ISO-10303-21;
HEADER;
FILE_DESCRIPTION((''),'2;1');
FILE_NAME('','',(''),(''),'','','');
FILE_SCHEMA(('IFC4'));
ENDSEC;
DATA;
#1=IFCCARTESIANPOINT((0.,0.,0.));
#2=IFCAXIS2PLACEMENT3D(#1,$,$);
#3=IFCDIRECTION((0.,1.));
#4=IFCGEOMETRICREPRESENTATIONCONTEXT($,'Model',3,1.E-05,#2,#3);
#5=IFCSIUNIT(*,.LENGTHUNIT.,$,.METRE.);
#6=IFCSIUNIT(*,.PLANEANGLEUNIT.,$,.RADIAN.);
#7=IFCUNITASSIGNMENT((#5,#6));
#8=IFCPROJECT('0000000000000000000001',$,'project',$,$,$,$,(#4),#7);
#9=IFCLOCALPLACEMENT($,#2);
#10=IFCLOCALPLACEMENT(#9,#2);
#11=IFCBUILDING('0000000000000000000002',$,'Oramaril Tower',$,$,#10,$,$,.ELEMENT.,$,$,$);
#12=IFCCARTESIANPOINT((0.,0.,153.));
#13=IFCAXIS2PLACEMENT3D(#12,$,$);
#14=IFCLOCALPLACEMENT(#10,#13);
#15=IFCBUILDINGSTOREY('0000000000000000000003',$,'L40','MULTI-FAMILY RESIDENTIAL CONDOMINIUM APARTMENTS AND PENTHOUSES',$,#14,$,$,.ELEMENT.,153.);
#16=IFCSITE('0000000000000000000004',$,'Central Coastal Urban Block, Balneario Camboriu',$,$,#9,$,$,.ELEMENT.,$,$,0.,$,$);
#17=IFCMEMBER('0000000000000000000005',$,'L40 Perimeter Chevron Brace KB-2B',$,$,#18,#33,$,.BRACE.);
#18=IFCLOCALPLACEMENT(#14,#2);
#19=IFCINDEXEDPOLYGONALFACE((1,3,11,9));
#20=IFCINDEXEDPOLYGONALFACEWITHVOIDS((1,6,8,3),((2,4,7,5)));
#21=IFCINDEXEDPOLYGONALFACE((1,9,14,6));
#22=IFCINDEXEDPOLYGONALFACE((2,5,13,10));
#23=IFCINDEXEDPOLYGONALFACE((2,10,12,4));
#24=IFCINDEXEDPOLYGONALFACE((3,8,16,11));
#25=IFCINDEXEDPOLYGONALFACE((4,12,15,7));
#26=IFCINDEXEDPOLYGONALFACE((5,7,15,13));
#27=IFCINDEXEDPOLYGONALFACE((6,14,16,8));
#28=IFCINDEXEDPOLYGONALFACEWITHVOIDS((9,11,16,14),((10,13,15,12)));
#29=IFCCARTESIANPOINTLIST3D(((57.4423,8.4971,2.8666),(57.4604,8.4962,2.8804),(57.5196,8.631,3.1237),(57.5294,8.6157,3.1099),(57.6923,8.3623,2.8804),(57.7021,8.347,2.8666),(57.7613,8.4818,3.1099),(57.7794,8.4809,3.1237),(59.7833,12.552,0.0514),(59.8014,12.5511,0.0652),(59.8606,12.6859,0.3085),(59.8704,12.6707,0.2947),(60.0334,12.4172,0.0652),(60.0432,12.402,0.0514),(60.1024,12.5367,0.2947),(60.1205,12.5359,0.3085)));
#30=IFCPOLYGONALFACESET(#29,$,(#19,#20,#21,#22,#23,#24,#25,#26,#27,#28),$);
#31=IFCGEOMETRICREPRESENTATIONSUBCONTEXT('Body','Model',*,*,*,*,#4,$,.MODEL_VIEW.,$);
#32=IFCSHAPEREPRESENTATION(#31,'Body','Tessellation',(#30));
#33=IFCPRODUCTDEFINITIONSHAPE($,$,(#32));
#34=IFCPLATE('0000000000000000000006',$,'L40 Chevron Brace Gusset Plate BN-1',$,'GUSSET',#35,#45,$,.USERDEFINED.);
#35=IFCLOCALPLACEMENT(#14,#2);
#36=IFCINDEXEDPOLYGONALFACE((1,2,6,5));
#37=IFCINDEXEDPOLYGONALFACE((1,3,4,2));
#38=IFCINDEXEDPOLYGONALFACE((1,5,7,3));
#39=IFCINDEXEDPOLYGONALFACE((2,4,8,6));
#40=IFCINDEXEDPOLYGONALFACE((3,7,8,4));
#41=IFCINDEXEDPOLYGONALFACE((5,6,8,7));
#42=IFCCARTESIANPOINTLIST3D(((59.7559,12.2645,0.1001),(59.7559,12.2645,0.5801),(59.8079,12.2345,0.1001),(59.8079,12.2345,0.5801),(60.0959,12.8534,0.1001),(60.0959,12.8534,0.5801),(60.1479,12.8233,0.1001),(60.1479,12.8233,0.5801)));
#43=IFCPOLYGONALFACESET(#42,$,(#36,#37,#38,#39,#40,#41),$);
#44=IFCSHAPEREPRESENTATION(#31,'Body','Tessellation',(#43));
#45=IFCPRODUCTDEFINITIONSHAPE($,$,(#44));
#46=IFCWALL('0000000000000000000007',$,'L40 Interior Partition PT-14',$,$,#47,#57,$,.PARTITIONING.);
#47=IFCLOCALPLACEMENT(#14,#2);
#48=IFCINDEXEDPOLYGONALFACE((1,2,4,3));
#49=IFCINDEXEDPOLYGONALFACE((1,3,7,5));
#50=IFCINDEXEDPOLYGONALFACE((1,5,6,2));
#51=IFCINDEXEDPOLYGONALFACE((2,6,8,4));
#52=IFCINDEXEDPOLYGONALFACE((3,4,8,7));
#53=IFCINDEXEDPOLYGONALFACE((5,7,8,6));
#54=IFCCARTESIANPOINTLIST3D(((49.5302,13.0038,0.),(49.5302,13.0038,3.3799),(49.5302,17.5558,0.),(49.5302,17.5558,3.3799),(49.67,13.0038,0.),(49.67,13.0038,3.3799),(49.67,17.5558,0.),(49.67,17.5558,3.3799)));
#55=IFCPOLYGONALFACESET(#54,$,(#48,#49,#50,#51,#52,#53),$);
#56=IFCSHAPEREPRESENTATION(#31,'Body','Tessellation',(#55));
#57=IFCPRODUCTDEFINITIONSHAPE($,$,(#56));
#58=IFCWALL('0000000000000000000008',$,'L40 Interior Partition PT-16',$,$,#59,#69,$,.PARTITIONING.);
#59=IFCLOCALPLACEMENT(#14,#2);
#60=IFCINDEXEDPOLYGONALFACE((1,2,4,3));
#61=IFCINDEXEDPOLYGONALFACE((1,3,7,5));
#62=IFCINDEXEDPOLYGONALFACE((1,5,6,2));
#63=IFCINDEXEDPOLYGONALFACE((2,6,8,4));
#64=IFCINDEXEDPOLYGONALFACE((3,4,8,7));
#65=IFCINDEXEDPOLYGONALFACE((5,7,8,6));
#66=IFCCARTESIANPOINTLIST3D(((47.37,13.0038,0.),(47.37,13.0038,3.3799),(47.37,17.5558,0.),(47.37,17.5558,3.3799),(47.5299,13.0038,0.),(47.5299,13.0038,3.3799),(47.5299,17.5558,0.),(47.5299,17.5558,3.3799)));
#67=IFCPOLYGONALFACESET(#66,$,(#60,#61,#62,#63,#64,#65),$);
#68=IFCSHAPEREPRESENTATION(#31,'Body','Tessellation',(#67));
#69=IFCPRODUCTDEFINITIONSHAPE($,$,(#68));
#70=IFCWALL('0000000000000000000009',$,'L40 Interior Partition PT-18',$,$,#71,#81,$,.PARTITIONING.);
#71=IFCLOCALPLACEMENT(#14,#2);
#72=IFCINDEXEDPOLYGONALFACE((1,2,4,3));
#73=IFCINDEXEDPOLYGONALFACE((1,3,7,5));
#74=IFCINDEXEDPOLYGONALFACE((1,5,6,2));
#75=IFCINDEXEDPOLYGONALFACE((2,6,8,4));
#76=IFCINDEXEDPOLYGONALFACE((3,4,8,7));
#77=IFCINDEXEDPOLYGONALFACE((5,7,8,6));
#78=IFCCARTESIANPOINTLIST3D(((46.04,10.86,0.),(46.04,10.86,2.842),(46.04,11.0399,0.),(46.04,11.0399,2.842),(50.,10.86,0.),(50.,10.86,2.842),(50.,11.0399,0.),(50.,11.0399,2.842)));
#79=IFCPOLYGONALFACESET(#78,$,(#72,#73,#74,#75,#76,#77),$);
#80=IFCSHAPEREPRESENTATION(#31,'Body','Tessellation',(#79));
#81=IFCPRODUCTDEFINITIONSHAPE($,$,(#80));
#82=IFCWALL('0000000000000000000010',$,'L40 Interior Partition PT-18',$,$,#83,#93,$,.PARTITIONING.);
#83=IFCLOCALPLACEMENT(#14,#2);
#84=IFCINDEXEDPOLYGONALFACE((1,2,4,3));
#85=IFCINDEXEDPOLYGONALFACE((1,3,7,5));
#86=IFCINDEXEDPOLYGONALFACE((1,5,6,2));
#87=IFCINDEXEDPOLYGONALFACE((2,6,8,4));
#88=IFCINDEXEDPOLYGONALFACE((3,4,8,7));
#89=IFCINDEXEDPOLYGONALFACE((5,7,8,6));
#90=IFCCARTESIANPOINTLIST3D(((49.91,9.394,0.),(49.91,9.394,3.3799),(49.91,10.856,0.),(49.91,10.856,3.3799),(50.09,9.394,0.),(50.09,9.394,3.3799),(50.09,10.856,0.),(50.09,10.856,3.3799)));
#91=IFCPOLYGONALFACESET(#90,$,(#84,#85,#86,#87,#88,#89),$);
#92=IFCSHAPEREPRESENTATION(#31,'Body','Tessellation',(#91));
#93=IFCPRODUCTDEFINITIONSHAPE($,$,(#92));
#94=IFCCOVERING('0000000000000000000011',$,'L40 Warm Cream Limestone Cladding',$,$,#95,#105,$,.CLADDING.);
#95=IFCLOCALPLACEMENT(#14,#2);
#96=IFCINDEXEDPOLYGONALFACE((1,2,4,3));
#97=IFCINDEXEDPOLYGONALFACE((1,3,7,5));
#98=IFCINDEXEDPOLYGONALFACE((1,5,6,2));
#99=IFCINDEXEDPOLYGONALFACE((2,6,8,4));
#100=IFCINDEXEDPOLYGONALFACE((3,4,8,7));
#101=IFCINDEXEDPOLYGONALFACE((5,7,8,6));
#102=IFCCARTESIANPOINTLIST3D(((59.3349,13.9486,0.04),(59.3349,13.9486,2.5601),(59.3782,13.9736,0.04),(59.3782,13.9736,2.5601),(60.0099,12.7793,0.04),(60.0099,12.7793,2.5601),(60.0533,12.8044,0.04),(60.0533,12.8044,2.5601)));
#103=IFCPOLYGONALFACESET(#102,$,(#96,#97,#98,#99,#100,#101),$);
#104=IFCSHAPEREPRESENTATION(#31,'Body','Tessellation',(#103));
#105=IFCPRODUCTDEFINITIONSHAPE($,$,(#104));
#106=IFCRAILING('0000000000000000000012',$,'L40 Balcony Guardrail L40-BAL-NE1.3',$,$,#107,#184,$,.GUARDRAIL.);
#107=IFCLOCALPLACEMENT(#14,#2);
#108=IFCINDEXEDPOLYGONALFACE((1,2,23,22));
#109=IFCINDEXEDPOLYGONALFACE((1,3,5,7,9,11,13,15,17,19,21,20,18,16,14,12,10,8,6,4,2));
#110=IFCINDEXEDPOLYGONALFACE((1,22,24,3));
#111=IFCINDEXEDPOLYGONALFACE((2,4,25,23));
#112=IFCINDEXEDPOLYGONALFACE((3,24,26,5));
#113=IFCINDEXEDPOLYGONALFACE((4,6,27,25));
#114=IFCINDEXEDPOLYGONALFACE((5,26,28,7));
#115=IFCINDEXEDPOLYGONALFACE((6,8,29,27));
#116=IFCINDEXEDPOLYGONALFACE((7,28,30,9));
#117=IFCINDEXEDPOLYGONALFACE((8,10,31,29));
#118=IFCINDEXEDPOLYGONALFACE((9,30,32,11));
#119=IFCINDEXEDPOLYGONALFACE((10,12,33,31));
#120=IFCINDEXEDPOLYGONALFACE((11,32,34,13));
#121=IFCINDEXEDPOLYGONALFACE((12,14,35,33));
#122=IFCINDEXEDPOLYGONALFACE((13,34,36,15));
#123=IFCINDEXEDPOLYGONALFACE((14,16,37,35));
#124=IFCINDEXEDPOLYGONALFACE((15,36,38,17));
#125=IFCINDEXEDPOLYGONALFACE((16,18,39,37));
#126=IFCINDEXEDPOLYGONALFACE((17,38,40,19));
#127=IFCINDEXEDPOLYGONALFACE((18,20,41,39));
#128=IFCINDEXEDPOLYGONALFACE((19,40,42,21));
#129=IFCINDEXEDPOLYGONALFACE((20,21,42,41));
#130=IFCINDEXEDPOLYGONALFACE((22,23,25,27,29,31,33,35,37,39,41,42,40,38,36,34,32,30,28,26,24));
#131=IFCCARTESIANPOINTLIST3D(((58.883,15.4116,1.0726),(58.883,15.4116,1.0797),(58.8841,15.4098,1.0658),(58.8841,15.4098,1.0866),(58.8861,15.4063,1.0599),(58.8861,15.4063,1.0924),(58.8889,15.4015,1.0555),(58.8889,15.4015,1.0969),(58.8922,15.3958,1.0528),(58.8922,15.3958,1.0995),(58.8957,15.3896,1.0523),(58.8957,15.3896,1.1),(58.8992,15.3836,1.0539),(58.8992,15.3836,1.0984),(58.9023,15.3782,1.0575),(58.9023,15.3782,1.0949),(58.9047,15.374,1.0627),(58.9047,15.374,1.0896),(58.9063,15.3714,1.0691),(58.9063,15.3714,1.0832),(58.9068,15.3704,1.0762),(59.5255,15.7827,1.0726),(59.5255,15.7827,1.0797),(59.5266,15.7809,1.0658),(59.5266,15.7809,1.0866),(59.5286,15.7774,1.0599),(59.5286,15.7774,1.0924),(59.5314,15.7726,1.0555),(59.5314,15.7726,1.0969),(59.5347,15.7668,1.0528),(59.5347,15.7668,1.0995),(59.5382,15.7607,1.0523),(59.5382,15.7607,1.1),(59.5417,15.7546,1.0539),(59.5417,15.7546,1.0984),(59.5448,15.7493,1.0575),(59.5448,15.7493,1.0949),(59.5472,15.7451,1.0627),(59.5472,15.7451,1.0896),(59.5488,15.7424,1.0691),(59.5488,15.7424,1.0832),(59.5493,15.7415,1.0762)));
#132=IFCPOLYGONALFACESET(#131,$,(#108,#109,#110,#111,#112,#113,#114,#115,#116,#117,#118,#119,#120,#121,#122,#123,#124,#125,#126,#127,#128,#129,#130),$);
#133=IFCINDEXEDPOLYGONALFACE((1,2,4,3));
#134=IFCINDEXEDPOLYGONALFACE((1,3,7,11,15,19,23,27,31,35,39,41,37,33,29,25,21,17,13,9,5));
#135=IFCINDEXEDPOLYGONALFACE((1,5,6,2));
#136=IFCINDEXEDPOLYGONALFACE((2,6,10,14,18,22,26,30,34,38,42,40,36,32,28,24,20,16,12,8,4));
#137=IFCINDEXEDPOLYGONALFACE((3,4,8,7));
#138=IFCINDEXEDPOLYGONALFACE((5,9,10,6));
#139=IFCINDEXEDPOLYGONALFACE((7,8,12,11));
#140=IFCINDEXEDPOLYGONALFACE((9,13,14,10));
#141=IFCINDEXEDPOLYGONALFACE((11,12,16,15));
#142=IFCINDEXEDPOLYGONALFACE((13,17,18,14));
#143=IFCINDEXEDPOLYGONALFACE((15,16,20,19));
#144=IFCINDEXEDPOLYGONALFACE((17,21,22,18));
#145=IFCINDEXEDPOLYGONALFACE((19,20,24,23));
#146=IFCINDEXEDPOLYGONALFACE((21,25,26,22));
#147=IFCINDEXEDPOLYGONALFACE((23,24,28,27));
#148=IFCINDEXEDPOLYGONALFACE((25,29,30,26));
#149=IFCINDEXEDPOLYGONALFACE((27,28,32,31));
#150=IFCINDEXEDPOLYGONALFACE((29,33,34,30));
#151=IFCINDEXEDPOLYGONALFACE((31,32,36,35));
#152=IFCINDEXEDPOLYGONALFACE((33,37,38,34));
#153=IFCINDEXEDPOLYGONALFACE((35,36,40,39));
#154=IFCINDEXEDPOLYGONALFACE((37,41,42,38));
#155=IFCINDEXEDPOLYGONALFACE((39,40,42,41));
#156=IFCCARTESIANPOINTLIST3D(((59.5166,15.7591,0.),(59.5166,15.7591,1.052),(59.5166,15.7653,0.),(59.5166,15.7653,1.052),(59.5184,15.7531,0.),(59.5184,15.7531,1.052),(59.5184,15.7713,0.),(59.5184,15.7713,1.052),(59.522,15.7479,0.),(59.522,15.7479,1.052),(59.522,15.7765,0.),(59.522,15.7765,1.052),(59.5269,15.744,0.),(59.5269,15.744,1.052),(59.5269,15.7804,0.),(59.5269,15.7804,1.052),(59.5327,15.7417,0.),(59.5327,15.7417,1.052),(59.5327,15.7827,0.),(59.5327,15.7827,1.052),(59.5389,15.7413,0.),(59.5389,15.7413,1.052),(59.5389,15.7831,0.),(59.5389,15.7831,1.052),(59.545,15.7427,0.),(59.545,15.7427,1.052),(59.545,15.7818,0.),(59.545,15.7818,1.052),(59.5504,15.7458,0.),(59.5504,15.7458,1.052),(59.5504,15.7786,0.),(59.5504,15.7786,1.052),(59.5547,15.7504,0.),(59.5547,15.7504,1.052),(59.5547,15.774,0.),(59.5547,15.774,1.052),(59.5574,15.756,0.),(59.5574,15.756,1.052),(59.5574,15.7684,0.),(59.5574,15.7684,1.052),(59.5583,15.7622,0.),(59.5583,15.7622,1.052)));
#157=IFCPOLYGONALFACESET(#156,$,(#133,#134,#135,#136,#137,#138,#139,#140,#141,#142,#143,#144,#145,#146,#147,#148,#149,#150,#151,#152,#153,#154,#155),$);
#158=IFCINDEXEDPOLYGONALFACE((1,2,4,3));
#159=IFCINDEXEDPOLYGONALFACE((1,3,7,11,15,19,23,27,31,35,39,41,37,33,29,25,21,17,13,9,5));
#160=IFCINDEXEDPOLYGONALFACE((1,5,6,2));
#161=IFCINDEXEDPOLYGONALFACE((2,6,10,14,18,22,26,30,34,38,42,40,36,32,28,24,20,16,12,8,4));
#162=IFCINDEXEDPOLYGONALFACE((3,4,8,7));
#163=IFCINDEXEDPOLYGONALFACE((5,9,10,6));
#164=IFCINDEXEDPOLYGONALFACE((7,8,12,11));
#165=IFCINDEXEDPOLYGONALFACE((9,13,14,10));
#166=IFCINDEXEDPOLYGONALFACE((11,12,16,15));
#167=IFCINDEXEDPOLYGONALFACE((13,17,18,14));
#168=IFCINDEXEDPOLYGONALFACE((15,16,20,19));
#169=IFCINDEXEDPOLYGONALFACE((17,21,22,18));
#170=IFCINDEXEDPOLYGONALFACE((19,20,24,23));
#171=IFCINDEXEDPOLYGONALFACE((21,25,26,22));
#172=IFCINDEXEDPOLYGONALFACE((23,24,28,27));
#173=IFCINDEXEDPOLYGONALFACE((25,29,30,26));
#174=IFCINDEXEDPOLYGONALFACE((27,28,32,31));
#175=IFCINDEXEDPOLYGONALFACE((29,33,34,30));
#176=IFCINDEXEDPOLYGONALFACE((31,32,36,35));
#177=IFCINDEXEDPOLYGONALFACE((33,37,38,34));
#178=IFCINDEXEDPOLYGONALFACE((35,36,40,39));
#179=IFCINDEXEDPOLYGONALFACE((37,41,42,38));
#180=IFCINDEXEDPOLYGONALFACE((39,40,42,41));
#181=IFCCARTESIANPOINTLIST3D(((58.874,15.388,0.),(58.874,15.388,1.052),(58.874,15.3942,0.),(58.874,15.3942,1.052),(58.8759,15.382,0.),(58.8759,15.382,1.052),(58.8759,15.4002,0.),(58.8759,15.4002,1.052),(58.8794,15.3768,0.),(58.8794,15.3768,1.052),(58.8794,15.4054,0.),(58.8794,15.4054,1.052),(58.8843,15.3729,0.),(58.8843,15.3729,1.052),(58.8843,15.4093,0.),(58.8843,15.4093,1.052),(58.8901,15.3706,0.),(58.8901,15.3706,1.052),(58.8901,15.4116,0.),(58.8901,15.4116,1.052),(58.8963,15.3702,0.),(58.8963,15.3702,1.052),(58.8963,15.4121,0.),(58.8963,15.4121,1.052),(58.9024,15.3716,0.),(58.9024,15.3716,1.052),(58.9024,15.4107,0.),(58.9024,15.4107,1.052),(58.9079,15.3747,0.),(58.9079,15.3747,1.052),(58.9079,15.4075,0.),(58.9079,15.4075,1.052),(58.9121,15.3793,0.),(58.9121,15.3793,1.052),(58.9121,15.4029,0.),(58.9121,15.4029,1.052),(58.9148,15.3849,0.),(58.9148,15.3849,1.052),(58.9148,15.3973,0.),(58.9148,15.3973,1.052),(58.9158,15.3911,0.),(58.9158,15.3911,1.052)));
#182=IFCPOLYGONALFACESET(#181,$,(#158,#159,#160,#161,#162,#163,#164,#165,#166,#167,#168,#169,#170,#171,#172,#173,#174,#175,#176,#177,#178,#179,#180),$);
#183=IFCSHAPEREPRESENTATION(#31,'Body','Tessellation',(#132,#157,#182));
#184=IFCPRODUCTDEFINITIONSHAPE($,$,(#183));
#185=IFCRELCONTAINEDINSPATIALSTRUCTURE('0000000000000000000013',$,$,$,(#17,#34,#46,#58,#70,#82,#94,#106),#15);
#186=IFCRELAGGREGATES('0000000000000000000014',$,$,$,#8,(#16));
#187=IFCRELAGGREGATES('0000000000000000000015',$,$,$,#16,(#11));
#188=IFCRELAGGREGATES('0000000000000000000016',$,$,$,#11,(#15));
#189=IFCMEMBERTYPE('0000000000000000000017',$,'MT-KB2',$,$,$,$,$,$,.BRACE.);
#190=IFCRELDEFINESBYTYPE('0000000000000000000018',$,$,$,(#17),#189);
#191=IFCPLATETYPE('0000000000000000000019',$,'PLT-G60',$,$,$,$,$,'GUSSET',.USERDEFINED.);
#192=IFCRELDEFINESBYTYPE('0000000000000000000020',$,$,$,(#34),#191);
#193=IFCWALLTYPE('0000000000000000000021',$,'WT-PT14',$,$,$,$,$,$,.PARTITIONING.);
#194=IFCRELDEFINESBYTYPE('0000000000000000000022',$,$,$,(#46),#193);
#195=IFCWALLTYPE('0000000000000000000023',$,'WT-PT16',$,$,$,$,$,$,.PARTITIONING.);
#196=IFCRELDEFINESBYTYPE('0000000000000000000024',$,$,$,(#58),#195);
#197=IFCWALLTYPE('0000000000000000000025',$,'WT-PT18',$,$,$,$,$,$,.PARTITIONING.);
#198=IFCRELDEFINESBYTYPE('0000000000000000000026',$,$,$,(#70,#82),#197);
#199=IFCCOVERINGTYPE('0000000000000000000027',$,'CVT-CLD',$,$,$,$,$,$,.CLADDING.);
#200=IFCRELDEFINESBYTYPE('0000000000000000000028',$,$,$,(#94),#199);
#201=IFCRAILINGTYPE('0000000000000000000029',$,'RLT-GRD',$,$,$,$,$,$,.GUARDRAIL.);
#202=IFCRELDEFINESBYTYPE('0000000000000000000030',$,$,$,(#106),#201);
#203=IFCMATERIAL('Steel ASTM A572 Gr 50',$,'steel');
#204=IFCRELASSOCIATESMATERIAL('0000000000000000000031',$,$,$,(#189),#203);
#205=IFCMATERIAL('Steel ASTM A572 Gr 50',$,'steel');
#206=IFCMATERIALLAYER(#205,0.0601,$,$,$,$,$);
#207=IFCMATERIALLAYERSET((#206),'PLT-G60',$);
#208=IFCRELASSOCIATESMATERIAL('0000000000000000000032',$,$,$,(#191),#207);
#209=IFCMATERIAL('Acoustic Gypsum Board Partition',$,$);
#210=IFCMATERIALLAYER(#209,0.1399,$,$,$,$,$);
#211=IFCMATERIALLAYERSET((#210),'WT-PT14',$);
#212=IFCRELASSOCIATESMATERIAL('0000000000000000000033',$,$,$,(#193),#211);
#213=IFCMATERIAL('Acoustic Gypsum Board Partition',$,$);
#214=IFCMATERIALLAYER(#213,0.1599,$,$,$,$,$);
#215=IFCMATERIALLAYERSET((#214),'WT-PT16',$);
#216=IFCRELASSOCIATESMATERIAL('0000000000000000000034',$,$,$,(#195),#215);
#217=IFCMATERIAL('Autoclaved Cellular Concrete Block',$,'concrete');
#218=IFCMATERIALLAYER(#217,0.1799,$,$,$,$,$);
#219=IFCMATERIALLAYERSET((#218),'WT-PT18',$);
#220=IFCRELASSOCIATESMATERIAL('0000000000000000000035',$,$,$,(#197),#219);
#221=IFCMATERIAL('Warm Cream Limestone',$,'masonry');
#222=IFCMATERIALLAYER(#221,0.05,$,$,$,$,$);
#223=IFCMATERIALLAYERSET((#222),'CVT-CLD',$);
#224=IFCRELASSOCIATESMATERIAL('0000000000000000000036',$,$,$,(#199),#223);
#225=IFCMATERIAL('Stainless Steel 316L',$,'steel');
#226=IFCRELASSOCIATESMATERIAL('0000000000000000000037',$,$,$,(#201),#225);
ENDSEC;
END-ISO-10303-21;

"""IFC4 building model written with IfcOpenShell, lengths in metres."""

from ifc_helpers import new_model, si_unit, direction, frame, frame_2d, origin, origin_2d, place, context, subcontext, project, spatial, rectangle, hollow_rectangle, circle, extrude, material, layer, layer_set, material_profile, profile_set, type_object, element, save


model = new_model("IFC4")

# Units and contexts
model_context = context("Model", 3, precision=1e-05, world=origin(), true_north=direction((0.0, 1.0)))
body_context = subcontext(model_context, "Body", "Model", "MODEL_VIEW")
ifc_project = project(units=[si_unit("LENGTHUNIT", "METRE"), si_unit("PLANEANGLEUNIT", "RADIAN")], contexts=[model_context])

# Site, building, storey
site_placement = place(None, origin())
site = spatial("IfcSite", under=ifc_project, at=site_placement, Name="Central Coastal Urban Block, Balneario Camboriu", CompositionType="ELEMENT", RefElevation=0.0)
building_placement = place(site_placement, origin())
building = spatial("IfcBuilding", under=site, at=building_placement, Name="Oramaril Tower", CompositionType="ELEMENT")
storey_placement = place(building_placement, frame((0.0, 0.0, 153.0)))
storey = spatial("IfcBuildingStorey", under=building, at=storey_placement, Name="L40", Description="MULTI-FAMILY RESIDENTIAL CONDOMINIUM APARTMENTS AND PENTHOUSES", CompositionType="ELEMENT", Elevation=153.0)

# Member
ifc_material_1 = material(Name="Steel ASTM A572 Gr 50", Category="steel")
ifc_material_profile_1 = material_profile(ifc_material_1, hollow_rectangle(XDim=0.3, YDim=0.3, WallThickness=0.0161, at=origin_2d()), Name="HSS300X300X16")
ifc_profile_set_1 = profile_set([ifc_material_profile_1], Name="Steel ASTM A572 Gr 50")
member_type = type_object("IfcMemberType", Name="MT-KB2", PredefinedType="BRACE", material=ifc_profile_set_1)
member_placement = place(storey_placement, frame((59.9519, 12.5439, 0.1799), z_axis=(-0.428503, -0.742204, 0.515284), x_axis=(0.86603, -0.499992, 0.0)))
element("IfcMember", 1, at=member_placement, inside=storey, type_object=member_type, Name="L40 Perimeter Chevron Brace KB-2B", PredefinedType="BRACE", context=body_context, shape_type="SweptSolid", body=[
    extrude(hollow_rectangle(XDim=0.3, YDim=0.3, WallThickness=0.0161, at=origin_2d()), origin(), (0.0, 0.0, 1.0), 5.4634),
])

# Plate
ifc_material_2 = material(Name="Steel ASTM A572 Gr 50", Category="steel")
ifc_layer_1 = layer(ifc_material_2, 0.0601)
ifc_layer_set_1 = layer_set([ifc_layer_1], Name="PLT-G60")
plate_type = type_object("IfcPlateType", Name="PLT-G60", ElementType="GUSSET", PredefinedType="USERDEFINED", material=ifc_layer_set_1)
plate_placement = place(storey_placement, frame((59.9519, 12.5439, 0.1001), z_axis=(0.0, 0.0, 1.0), x_axis=(0.5, 0.866025, 0.0)))
element("IfcPlate", 2, at=plate_placement, inside=storey, type_object=plate_type, Name="L40 Chevron Brace Gusset Plate BN-1", ObjectType="GUSSET", PredefinedType="USERDEFINED", context=body_context, shape_type="SweptSolid", body=[
    extrude(rectangle(XDim=0.6799, YDim=0.0601, at=origin_2d()), origin(), (0.0, 0.0, 1.0), 0.48),
])

# Walls
ifc_material_3 = material(Name="Acoustic Gypsum Board Partition")
ifc_layer_2 = layer(ifc_material_3, 0.1399)
ifc_layer_set_2 = layer_set([ifc_layer_2], Name="WT-PT14")
wall_type_1 = type_object("IfcWallType", Name="WT-PT14", PredefinedType="PARTITIONING", material=ifc_layer_set_2)
wall_1_placement = place(storey_placement, frame((49.6001, 13.0039, 0.0), z_axis=(0.0, 0.0, 1.0), x_axis=(0.0, 1.0, 0.0)))
element("IfcWall", 3, at=wall_1_placement, inside=storey, type_object=wall_type_1, Name="L40 Interior Partition PT-14", PredefinedType="PARTITIONING", context=body_context, shape_type="SweptSolid", body=[
    extrude(rectangle(XDim=4.552, YDim=0.1399, at=frame_2d((2.2759, 0.0))), origin(), (0.0, 0.0, 1.0), 3.3799),
])
ifc_material_4 = material(Name="Acoustic Gypsum Board Partition")
ifc_layer_3 = layer(ifc_material_4, 0.1599)
ifc_layer_set_3 = layer_set([ifc_layer_3], Name="WT-PT16")
wall_type_2 = type_object("IfcWallType", Name="WT-PT16", PredefinedType="PARTITIONING", material=ifc_layer_set_3)
wall_2_placement = place(storey_placement, frame((47.45, 13.0039, 0.0), z_axis=(0.0, 0.0, 1.0), x_axis=(0.0, 1.0, 0.0)))
element("IfcWall", 4, at=wall_2_placement, inside=storey, type_object=wall_type_2, Name="L40 Interior Partition PT-16", PredefinedType="PARTITIONING", context=body_context, shape_type="SweptSolid", body=[
    extrude(rectangle(XDim=4.552, YDim=0.1599, at=frame_2d((2.2759, 0.0))), origin(), (0.0, 0.0, 1.0), 3.3799),
])
ifc_material_5 = material(Name="Autoclaved Cellular Concrete Block", Category="concrete")
ifc_layer_4 = layer(ifc_material_5, 0.1799)
ifc_layer_set_4 = layer_set([ifc_layer_4], Name="WT-PT18")
wall_type_3 = type_object("IfcWallType", Name="WT-PT18", PredefinedType="PARTITIONING", material=ifc_layer_set_4)
wall_3_placement = place(storey_placement, frame((46.04, 10.95, 0.0), z_axis=(0.0, 0.0, 1.0), x_axis=(1.0, 0.0, 0.0)))
element("IfcWall", 5, at=wall_3_placement, inside=storey, type_object=wall_type_3, Name="L40 Interior Partition PT-18", PredefinedType="PARTITIONING", context=body_context, shape_type="SweptSolid", body=[
    extrude(rectangle(XDim=3.96, YDim=0.1799, at=frame_2d((1.98, 0.0))), origin(), (0.0, 0.0, 1.0), 2.842),
])
wall_4_placement = place(storey_placement, frame((50.0, 9.394, 0.0), z_axis=(0.0, 0.0, 1.0), x_axis=(0.0, 1.0, 0.0)))
element("IfcWall", 6, at=wall_4_placement, inside=storey, type_object=wall_type_3, Name="L40 Interior Partition PT-18", PredefinedType="PARTITIONING", context=body_context, shape_type="SweptSolid", body=[
    extrude(rectangle(XDim=1.4619, YDim=0.1799, at=frame_2d((0.731, 0.0))), origin(), (0.0, 0.0, 1.0), 3.3799),
])

# Covering
ifc_material_6 = material(Name="Warm Cream Limestone", Category="masonry")
ifc_layer_5 = layer(ifc_material_6, 0.05)
ifc_layer_set_5 = layer_set([ifc_layer_5], Name="CVT-CLD")
covering_type = type_object("IfcCoveringType", Name="CVT-CLD", PredefinedType="CLADDING", material=ifc_layer_set_5)
covering_placement = place(storey_placement, frame((59.6941, 13.3765, 0.04), z_axis=(0.0, 0.0, 1.0), x_axis=(-0.5, 0.866025, 0.0)))
element("IfcCovering", 7, at=covering_placement, inside=storey, type_object=covering_type, Name="L40 Warm Cream Limestone Cladding", PredefinedType="CLADDING", context=body_context, shape_type="SweptSolid", body=[
    extrude(rectangle(XDim=1.3501, YDim=0.05, at=origin_2d()), origin(), (0.0, 0.0, 1.0), 2.52),
])

# Railing
ifc_material_7 = material(Name="Stainless Steel 316L", Category="steel")
railing_type = type_object("IfcRailingType", Name="RLT-GRD", PredefinedType="GUARDRAIL", material=ifc_material_7)
railing_placement = place(storey_placement, frame((59.5374, 15.7622, 0.0)))
element("IfcRailing", 8, at=railing_placement, inside=storey, type_object=railing_type, Name="L40 Balcony Guardrail L40-BAL-NE1.3", PredefinedType="GUARDRAIL", context=body_context, shape_type="SweptSolid", body=[
    extrude(circle(Radius=0.0239, at=origin_2d()), frame((0.0, 0.0, 1.0762), z_axis=(-0.865966, -0.500102, 0.0), x_axis=(0.500102, -0.865966, 0.0)), (0.0, 0.0, 1.0), 0.7419),
    extrude(circle(Radius=0.021, at=origin_2d()), origin(), (0.0, 0.0, 1.0), 1.052),
    extrude(circle(Radius=0.021, at=origin_2d()), frame((-0.6426, -0.3711, 0.0)), (0.0, 0.0, 1.0), 1.052),
])

save(model, "model.ifc")
